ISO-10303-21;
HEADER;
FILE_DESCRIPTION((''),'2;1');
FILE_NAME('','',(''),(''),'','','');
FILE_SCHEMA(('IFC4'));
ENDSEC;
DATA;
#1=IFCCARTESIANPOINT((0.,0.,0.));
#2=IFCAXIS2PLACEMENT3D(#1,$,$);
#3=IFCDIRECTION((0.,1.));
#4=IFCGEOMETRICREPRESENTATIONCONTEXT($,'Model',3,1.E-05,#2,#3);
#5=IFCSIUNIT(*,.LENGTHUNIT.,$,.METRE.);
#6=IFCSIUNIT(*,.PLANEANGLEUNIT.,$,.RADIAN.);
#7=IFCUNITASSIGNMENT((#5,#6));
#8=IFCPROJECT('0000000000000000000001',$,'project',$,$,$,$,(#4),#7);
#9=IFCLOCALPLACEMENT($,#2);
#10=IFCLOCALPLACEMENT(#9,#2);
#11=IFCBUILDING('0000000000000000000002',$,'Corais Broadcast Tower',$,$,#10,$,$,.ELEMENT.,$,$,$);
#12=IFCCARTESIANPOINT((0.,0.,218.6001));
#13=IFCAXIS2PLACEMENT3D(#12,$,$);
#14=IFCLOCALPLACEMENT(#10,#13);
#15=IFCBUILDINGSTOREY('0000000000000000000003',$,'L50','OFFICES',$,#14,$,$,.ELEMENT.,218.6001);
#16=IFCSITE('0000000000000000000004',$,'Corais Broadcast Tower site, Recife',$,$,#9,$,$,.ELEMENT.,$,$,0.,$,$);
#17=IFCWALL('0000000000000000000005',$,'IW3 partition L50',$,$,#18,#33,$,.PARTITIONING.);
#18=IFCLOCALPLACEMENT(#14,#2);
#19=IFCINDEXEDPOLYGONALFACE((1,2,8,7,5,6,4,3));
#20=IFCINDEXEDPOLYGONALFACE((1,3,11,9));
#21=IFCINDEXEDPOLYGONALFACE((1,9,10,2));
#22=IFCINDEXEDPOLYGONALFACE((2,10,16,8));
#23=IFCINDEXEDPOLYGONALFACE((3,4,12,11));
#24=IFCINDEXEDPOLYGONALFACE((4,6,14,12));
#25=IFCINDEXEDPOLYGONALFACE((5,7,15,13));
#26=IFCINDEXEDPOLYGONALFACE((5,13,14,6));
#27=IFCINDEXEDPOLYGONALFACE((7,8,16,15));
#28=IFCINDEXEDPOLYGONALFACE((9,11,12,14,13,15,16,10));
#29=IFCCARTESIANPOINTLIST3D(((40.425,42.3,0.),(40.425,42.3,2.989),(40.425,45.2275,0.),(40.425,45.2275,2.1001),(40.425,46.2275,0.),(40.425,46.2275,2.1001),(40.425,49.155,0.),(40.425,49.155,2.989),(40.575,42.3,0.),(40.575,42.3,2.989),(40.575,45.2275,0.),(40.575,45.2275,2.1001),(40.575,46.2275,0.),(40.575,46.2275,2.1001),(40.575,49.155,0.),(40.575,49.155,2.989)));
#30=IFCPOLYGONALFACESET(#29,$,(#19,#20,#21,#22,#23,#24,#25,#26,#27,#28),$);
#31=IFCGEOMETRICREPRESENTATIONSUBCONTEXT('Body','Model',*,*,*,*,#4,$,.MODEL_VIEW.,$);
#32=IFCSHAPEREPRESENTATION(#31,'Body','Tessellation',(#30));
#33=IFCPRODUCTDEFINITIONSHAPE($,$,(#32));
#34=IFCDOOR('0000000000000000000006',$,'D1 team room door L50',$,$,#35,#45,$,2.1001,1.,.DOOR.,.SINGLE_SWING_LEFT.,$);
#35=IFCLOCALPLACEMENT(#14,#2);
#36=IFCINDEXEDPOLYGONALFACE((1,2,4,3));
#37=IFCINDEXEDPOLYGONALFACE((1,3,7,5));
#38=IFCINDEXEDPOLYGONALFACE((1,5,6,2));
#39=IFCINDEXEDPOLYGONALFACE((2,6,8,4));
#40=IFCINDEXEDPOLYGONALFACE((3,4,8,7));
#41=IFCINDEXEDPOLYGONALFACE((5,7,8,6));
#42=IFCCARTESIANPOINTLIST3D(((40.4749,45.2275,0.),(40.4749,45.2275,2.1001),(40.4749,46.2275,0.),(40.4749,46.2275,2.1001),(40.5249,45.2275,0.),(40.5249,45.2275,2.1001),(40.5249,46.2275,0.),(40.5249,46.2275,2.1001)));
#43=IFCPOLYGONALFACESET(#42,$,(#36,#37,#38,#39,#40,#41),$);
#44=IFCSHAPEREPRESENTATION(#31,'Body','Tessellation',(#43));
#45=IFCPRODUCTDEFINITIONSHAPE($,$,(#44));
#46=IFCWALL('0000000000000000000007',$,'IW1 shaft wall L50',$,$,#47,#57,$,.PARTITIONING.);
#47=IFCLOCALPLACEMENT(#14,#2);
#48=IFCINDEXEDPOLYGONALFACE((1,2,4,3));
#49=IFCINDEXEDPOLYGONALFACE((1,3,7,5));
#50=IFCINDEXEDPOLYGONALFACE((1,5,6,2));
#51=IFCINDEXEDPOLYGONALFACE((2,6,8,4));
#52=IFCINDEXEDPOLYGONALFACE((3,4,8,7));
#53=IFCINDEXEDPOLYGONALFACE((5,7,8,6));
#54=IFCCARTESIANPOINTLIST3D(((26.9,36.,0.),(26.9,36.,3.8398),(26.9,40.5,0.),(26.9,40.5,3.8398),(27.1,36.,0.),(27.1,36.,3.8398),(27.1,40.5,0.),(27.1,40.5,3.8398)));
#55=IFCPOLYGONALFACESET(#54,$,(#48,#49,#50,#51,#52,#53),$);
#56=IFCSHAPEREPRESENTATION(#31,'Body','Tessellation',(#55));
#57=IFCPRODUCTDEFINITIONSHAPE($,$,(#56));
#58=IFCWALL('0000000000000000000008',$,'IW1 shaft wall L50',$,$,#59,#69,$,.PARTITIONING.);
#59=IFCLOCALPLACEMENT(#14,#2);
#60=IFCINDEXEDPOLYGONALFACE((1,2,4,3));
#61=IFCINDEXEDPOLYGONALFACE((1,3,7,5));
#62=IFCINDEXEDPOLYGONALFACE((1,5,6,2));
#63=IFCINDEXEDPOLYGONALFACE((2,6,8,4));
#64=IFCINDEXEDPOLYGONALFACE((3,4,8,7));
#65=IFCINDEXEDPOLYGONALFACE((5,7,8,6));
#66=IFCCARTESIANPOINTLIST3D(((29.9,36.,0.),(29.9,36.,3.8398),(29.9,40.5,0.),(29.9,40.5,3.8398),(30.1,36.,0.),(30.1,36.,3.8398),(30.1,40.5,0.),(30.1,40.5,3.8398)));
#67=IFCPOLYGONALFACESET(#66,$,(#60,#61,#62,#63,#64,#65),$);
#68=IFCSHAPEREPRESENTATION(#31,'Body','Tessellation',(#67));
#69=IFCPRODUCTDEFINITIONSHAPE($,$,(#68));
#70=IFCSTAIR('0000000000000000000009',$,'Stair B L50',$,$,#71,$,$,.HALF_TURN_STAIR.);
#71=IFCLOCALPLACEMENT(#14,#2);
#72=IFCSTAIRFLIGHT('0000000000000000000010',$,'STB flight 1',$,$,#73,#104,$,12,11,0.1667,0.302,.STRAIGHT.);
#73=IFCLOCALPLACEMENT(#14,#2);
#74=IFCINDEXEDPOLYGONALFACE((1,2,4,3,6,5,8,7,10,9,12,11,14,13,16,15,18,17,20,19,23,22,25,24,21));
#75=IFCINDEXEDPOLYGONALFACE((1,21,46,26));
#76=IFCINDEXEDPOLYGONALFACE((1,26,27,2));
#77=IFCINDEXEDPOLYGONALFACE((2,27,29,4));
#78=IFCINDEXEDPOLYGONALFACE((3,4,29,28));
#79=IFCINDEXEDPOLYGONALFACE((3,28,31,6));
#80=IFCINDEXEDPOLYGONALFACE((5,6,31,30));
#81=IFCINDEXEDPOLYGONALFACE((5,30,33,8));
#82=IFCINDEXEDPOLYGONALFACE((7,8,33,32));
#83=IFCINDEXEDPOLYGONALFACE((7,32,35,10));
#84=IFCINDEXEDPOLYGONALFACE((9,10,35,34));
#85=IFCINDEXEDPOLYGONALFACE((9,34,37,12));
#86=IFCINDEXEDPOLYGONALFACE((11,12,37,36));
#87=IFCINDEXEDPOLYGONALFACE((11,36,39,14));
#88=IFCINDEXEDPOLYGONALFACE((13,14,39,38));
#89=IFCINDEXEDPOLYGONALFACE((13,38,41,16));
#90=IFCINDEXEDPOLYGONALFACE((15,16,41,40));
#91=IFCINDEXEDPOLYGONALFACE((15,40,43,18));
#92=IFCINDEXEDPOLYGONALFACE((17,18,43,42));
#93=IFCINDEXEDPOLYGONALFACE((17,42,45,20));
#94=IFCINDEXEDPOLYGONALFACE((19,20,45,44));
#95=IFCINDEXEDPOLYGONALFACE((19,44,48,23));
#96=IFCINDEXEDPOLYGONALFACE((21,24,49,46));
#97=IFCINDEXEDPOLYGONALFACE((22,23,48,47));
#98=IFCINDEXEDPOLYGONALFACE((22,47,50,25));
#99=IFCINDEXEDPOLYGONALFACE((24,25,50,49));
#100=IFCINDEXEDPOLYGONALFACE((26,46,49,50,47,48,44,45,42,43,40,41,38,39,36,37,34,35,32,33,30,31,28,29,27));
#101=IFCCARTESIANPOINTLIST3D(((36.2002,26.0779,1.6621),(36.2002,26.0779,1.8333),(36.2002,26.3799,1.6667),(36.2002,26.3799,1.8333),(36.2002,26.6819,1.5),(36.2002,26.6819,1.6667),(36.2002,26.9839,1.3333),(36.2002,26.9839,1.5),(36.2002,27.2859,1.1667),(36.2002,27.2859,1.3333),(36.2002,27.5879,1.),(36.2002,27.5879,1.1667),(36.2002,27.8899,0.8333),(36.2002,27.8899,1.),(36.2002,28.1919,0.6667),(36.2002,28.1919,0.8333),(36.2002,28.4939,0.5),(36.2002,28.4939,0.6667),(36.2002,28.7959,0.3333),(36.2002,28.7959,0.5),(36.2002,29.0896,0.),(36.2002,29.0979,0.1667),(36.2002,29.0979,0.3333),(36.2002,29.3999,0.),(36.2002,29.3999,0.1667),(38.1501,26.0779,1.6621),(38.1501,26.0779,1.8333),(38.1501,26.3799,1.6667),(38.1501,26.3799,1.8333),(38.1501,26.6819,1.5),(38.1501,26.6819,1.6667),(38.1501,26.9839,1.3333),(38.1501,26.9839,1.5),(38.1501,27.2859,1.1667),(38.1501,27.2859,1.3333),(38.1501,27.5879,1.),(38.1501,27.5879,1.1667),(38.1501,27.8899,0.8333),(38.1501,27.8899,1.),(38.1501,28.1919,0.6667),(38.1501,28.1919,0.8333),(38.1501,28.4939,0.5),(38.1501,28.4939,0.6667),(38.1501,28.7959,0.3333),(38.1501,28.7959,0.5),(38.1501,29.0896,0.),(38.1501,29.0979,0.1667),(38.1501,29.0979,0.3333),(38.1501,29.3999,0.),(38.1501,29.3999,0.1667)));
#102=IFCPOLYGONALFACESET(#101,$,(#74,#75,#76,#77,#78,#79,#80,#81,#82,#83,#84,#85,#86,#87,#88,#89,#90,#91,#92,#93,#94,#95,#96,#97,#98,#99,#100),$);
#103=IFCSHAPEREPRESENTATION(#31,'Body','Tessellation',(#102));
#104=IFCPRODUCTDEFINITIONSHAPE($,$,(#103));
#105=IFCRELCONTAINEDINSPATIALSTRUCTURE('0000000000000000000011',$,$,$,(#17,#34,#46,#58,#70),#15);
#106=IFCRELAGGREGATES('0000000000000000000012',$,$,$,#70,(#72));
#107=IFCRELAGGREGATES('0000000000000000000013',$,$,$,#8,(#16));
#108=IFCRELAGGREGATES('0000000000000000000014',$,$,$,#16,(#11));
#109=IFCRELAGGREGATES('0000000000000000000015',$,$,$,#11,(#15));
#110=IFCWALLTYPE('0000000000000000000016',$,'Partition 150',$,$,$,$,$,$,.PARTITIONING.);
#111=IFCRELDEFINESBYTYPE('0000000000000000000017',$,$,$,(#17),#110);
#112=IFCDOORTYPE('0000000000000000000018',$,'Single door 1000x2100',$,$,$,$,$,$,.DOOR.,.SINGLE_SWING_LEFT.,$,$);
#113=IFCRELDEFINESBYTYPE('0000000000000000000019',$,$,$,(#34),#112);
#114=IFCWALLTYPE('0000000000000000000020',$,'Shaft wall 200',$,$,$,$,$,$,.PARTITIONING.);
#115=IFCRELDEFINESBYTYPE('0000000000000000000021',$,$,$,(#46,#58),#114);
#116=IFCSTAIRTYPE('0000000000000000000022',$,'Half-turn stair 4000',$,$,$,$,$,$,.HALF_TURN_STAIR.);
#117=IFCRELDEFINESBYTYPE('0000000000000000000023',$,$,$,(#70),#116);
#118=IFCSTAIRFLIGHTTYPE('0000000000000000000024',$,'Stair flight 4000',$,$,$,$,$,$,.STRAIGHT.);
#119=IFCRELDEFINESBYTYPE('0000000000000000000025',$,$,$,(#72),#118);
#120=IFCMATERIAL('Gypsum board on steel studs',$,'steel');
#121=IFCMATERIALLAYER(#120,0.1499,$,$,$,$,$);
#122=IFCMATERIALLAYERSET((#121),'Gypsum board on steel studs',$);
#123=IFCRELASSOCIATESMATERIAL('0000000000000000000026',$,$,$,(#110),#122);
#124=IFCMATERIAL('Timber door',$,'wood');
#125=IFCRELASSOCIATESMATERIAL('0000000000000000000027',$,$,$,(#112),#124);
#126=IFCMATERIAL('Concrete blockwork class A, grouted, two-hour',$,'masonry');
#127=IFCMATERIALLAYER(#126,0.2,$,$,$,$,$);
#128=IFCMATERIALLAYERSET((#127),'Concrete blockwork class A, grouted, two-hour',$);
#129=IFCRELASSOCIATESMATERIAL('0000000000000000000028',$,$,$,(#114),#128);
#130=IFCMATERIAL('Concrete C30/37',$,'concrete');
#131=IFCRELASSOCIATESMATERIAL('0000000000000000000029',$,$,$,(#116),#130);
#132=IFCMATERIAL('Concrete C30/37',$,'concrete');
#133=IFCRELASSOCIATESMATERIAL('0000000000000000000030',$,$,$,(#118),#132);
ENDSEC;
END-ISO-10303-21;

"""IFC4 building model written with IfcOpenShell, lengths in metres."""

from ifc_helpers import new_model, si_unit, direction, frame, frame_2d, origin, place, context, subcontext, project, spatial, polyline, rectangle, outline, extrude, material, layer, layer_set, type_object, element, fill, aggregate, save


model = new_model("IFC4")

# Units and contexts
model_context = context("Model", 3, precision=1e-05, world=origin(), true_north=direction((0.0, 1.0)))
body_context = subcontext(model_context, "Body", "Model", "MODEL_VIEW")
ifc_project = project(units=[si_unit("LENGTHUNIT", "METRE"), si_unit("PLANEANGLEUNIT", "RADIAN")], contexts=[model_context])

# Site, building, storey
site_placement = place(None, origin())
site = spatial("IfcSite", under=ifc_project, at=site_placement, Name="Corais Broadcast Tower site, Recife", CompositionType="ELEMENT", RefElevation=0.0)
building_placement = place(site_placement, origin())
building = spatial("IfcBuilding", under=site, at=building_placement, Name="Corais Broadcast Tower", CompositionType="ELEMENT")
storey_placement = place(building_placement, frame((0.0, 0.0, 218.6001)))
storey = spatial("IfcBuildingStorey", under=building, at=storey_placement, Name="L50", Description="OFFICES", CompositionType="ELEMENT", Elevation=218.6001)

# Shared definitions
ifc_material_1 = material(Name="Gypsum board on steel studs", Category="steel")
ifc_layer_1 = layer(ifc_material_1, 0.1499)
ifc_layer_set_1 = layer_set([ifc_layer_1], Name="Gypsum board on steel studs")
wall_type_1 = type_object("IfcWallType", Name="Partition 150", PredefinedType="PARTITIONING", material=ifc_layer_set_1)
ifc_material_2 = material(Name="Timber door", Category="wood")
door_type = type_object("IfcDoorType", Name="Single door 1000x2100", OperationType="SINGLE_SWING_LEFT", PredefinedType="DOOR", material=ifc_material_2)

# Wall, opening, door
wall_1_placement = place(storey_placement, frame((40.5, 49.155, 0.0), z_axis=(0.0, 0.0, 1.0), x_axis=(0.0, -1.0, 0.0)))
wall_1 = element("IfcWall", 1, at=wall_1_placement, inside=storey, type_object=wall_type_1, Name="IW3 partition L50", PredefinedType="PARTITIONING", context=body_context, shape_type="SweptSolid", body=[
    extrude(rectangle(XDim=6.855, YDim=0.1499, at=frame_2d((3.4275, 0.0))), origin(), (0.0, 0.0, 1.0), 2.989),
])
opening_1_placement = place(wall_1_placement, frame((2.9275, 0.0, 0.0)))
opening_1 = element("IfcOpeningElement", 2, at=opening_1_placement, cuts=wall_1, PredefinedType="OPENING", context=body_context, shape_type="SweptSolid", body=[
    extrude(rectangle(XDim=1.0, YDim=2.1001, at=frame_2d((0.5, 1.05))), frame((0.0, 0.085, 0.0), z_axis=(0.0, -1.0, 0.0), x_axis=(1.0, 0.0, 0.0)), (0.0, 0.0, 1.0), 0.1699),
])
door_1_placement = place(opening_1_placement, origin())
door_1 = element("IfcDoor", 3, at=door_1_placement, inside=storey, type_object=door_type, Name="D1 team room door L50", OperationType="SINGLE_SWING_LEFT", OverallHeight=2.1001, OverallWidth=1.0, PredefinedType="DOOR", context=body_context, shape_type="SweptSolid", body=[
    extrude(rectangle(XDim=1.0, YDim=2.1001, at=frame_2d((0.5, 1.05))), frame((0.0, 0.0249, 0.0), z_axis=(0.0, -1.0, 0.0), x_axis=(1.0, 0.0, 0.0)), (0.0, 0.0, 1.0), 0.05),
])
fill(opening_1, door_1)

# Walls
ifc_material_3 = material(Name="Concrete blockwork class A, grouted, two-hour", Category="masonry")
ifc_layer_2 = layer(ifc_material_3, 0.2)
ifc_layer_set_2 = layer_set([ifc_layer_2], Name="Concrete blockwork class A, grouted, two-hour")
wall_type_2 = type_object("IfcWallType", Name="Shaft wall 200", PredefinedType="PARTITIONING", material=ifc_layer_set_2)
for number, where, z_axis, x_axis, name in (
    (4, (27.0, 36.0, 0.0), (0.0, 0.0, 1.0), (0.0, 1.0, 0.0), "IW1 shaft wall L50"),
    (5, (30.0, 36.0, 0.0), (0.0, 0.0, 1.0), (0.0, 1.0, 0.0), "IW1 shaft wall L50"),
):
    element("IfcWall", number, at=place(storey_placement, frame(where, z_axis=z_axis, x_axis=x_axis)), inside=storey, type_object=wall_type_2, Name=name, PredefinedType="PARTITIONING", context=body_context, shape_type="SweptSolid", body=[
        extrude(rectangle(XDim=4.5, YDim=0.2, at=frame_2d((2.25, 0.0))), origin(), (0.0, 0.0, 1.0), 3.8398),
    ])

# Stair, stair flight
ifc_material_4 = material(Name="Concrete C30/37", Category="concrete")
stair_type = type_object("IfcStairType", Name="Half-turn stair 4000", PredefinedType="HALF_TURN_STAIR", material=ifc_material_4)
stair_placement = place(storey_placement, origin())
stair = element("IfcStair", 6, at=stair_placement, inside=storey, type_object=stair_type, Name="Stair B L50", PredefinedType="HALF_TURN_STAIR")
ifc_material_5 = material(Name="Concrete C30/37", Category="concrete")
stair_flight_type = type_object("IfcStairFlightType", Name="Stair flight 4000", PredefinedType="STRAIGHT", material=ifc_material_5)
stair_flight_placement = place(storey_placement, frame((37.175, 29.3999, 0.0), z_axis=(0.0, 0.0, 1.0), x_axis=(0.0, -1.0, 0.0)))
stair_flight = element("IfcStairFlight", 7, at=stair_flight_placement, type_object=stair_flight_type, Name="STB flight 1", NumberOfRisers=12, NumberOfTreads=11, PredefinedType="STRAIGHT", RiserHeight=0.1667, TreadLength=0.302, context=body_context, shape_type="SweptSolid", body=[
    extrude(outline(polyline([(0.0, 0.0), (0.0, 0.1667), (0.302, 0.1667), (0.302, 0.3333), (0.604, 0.3333), (0.604, 0.5), (0.906, 0.5), (0.906, 0.6667), (1.208, 0.6667), (1.208, 0.8333), (1.51, 0.8333), (1.51, 1.0), (1.812, 1.0), (1.812, 1.1667), (2.114, 1.1667), (2.114, 1.3333), (2.416, 1.3333), (2.416, 1.5), (2.718, 1.5), (2.718, 1.6667), (3.02, 1.6667), (3.02, 1.8333), (3.322, 1.8333), (3.322, 2.0), (3.322, 1.6621), (0.3103, 0.0), (0.0, 0.0)])), frame((0.0, 0.9751, 0.0), z_axis=(0.0, -1.0, 0.0), x_axis=(1.0, 0.0, 0.0)), (0.0, 0.0, 1.0), 1.95),
])
aggregate(stair, [stair_flight])

save(model, "model.ifc")
